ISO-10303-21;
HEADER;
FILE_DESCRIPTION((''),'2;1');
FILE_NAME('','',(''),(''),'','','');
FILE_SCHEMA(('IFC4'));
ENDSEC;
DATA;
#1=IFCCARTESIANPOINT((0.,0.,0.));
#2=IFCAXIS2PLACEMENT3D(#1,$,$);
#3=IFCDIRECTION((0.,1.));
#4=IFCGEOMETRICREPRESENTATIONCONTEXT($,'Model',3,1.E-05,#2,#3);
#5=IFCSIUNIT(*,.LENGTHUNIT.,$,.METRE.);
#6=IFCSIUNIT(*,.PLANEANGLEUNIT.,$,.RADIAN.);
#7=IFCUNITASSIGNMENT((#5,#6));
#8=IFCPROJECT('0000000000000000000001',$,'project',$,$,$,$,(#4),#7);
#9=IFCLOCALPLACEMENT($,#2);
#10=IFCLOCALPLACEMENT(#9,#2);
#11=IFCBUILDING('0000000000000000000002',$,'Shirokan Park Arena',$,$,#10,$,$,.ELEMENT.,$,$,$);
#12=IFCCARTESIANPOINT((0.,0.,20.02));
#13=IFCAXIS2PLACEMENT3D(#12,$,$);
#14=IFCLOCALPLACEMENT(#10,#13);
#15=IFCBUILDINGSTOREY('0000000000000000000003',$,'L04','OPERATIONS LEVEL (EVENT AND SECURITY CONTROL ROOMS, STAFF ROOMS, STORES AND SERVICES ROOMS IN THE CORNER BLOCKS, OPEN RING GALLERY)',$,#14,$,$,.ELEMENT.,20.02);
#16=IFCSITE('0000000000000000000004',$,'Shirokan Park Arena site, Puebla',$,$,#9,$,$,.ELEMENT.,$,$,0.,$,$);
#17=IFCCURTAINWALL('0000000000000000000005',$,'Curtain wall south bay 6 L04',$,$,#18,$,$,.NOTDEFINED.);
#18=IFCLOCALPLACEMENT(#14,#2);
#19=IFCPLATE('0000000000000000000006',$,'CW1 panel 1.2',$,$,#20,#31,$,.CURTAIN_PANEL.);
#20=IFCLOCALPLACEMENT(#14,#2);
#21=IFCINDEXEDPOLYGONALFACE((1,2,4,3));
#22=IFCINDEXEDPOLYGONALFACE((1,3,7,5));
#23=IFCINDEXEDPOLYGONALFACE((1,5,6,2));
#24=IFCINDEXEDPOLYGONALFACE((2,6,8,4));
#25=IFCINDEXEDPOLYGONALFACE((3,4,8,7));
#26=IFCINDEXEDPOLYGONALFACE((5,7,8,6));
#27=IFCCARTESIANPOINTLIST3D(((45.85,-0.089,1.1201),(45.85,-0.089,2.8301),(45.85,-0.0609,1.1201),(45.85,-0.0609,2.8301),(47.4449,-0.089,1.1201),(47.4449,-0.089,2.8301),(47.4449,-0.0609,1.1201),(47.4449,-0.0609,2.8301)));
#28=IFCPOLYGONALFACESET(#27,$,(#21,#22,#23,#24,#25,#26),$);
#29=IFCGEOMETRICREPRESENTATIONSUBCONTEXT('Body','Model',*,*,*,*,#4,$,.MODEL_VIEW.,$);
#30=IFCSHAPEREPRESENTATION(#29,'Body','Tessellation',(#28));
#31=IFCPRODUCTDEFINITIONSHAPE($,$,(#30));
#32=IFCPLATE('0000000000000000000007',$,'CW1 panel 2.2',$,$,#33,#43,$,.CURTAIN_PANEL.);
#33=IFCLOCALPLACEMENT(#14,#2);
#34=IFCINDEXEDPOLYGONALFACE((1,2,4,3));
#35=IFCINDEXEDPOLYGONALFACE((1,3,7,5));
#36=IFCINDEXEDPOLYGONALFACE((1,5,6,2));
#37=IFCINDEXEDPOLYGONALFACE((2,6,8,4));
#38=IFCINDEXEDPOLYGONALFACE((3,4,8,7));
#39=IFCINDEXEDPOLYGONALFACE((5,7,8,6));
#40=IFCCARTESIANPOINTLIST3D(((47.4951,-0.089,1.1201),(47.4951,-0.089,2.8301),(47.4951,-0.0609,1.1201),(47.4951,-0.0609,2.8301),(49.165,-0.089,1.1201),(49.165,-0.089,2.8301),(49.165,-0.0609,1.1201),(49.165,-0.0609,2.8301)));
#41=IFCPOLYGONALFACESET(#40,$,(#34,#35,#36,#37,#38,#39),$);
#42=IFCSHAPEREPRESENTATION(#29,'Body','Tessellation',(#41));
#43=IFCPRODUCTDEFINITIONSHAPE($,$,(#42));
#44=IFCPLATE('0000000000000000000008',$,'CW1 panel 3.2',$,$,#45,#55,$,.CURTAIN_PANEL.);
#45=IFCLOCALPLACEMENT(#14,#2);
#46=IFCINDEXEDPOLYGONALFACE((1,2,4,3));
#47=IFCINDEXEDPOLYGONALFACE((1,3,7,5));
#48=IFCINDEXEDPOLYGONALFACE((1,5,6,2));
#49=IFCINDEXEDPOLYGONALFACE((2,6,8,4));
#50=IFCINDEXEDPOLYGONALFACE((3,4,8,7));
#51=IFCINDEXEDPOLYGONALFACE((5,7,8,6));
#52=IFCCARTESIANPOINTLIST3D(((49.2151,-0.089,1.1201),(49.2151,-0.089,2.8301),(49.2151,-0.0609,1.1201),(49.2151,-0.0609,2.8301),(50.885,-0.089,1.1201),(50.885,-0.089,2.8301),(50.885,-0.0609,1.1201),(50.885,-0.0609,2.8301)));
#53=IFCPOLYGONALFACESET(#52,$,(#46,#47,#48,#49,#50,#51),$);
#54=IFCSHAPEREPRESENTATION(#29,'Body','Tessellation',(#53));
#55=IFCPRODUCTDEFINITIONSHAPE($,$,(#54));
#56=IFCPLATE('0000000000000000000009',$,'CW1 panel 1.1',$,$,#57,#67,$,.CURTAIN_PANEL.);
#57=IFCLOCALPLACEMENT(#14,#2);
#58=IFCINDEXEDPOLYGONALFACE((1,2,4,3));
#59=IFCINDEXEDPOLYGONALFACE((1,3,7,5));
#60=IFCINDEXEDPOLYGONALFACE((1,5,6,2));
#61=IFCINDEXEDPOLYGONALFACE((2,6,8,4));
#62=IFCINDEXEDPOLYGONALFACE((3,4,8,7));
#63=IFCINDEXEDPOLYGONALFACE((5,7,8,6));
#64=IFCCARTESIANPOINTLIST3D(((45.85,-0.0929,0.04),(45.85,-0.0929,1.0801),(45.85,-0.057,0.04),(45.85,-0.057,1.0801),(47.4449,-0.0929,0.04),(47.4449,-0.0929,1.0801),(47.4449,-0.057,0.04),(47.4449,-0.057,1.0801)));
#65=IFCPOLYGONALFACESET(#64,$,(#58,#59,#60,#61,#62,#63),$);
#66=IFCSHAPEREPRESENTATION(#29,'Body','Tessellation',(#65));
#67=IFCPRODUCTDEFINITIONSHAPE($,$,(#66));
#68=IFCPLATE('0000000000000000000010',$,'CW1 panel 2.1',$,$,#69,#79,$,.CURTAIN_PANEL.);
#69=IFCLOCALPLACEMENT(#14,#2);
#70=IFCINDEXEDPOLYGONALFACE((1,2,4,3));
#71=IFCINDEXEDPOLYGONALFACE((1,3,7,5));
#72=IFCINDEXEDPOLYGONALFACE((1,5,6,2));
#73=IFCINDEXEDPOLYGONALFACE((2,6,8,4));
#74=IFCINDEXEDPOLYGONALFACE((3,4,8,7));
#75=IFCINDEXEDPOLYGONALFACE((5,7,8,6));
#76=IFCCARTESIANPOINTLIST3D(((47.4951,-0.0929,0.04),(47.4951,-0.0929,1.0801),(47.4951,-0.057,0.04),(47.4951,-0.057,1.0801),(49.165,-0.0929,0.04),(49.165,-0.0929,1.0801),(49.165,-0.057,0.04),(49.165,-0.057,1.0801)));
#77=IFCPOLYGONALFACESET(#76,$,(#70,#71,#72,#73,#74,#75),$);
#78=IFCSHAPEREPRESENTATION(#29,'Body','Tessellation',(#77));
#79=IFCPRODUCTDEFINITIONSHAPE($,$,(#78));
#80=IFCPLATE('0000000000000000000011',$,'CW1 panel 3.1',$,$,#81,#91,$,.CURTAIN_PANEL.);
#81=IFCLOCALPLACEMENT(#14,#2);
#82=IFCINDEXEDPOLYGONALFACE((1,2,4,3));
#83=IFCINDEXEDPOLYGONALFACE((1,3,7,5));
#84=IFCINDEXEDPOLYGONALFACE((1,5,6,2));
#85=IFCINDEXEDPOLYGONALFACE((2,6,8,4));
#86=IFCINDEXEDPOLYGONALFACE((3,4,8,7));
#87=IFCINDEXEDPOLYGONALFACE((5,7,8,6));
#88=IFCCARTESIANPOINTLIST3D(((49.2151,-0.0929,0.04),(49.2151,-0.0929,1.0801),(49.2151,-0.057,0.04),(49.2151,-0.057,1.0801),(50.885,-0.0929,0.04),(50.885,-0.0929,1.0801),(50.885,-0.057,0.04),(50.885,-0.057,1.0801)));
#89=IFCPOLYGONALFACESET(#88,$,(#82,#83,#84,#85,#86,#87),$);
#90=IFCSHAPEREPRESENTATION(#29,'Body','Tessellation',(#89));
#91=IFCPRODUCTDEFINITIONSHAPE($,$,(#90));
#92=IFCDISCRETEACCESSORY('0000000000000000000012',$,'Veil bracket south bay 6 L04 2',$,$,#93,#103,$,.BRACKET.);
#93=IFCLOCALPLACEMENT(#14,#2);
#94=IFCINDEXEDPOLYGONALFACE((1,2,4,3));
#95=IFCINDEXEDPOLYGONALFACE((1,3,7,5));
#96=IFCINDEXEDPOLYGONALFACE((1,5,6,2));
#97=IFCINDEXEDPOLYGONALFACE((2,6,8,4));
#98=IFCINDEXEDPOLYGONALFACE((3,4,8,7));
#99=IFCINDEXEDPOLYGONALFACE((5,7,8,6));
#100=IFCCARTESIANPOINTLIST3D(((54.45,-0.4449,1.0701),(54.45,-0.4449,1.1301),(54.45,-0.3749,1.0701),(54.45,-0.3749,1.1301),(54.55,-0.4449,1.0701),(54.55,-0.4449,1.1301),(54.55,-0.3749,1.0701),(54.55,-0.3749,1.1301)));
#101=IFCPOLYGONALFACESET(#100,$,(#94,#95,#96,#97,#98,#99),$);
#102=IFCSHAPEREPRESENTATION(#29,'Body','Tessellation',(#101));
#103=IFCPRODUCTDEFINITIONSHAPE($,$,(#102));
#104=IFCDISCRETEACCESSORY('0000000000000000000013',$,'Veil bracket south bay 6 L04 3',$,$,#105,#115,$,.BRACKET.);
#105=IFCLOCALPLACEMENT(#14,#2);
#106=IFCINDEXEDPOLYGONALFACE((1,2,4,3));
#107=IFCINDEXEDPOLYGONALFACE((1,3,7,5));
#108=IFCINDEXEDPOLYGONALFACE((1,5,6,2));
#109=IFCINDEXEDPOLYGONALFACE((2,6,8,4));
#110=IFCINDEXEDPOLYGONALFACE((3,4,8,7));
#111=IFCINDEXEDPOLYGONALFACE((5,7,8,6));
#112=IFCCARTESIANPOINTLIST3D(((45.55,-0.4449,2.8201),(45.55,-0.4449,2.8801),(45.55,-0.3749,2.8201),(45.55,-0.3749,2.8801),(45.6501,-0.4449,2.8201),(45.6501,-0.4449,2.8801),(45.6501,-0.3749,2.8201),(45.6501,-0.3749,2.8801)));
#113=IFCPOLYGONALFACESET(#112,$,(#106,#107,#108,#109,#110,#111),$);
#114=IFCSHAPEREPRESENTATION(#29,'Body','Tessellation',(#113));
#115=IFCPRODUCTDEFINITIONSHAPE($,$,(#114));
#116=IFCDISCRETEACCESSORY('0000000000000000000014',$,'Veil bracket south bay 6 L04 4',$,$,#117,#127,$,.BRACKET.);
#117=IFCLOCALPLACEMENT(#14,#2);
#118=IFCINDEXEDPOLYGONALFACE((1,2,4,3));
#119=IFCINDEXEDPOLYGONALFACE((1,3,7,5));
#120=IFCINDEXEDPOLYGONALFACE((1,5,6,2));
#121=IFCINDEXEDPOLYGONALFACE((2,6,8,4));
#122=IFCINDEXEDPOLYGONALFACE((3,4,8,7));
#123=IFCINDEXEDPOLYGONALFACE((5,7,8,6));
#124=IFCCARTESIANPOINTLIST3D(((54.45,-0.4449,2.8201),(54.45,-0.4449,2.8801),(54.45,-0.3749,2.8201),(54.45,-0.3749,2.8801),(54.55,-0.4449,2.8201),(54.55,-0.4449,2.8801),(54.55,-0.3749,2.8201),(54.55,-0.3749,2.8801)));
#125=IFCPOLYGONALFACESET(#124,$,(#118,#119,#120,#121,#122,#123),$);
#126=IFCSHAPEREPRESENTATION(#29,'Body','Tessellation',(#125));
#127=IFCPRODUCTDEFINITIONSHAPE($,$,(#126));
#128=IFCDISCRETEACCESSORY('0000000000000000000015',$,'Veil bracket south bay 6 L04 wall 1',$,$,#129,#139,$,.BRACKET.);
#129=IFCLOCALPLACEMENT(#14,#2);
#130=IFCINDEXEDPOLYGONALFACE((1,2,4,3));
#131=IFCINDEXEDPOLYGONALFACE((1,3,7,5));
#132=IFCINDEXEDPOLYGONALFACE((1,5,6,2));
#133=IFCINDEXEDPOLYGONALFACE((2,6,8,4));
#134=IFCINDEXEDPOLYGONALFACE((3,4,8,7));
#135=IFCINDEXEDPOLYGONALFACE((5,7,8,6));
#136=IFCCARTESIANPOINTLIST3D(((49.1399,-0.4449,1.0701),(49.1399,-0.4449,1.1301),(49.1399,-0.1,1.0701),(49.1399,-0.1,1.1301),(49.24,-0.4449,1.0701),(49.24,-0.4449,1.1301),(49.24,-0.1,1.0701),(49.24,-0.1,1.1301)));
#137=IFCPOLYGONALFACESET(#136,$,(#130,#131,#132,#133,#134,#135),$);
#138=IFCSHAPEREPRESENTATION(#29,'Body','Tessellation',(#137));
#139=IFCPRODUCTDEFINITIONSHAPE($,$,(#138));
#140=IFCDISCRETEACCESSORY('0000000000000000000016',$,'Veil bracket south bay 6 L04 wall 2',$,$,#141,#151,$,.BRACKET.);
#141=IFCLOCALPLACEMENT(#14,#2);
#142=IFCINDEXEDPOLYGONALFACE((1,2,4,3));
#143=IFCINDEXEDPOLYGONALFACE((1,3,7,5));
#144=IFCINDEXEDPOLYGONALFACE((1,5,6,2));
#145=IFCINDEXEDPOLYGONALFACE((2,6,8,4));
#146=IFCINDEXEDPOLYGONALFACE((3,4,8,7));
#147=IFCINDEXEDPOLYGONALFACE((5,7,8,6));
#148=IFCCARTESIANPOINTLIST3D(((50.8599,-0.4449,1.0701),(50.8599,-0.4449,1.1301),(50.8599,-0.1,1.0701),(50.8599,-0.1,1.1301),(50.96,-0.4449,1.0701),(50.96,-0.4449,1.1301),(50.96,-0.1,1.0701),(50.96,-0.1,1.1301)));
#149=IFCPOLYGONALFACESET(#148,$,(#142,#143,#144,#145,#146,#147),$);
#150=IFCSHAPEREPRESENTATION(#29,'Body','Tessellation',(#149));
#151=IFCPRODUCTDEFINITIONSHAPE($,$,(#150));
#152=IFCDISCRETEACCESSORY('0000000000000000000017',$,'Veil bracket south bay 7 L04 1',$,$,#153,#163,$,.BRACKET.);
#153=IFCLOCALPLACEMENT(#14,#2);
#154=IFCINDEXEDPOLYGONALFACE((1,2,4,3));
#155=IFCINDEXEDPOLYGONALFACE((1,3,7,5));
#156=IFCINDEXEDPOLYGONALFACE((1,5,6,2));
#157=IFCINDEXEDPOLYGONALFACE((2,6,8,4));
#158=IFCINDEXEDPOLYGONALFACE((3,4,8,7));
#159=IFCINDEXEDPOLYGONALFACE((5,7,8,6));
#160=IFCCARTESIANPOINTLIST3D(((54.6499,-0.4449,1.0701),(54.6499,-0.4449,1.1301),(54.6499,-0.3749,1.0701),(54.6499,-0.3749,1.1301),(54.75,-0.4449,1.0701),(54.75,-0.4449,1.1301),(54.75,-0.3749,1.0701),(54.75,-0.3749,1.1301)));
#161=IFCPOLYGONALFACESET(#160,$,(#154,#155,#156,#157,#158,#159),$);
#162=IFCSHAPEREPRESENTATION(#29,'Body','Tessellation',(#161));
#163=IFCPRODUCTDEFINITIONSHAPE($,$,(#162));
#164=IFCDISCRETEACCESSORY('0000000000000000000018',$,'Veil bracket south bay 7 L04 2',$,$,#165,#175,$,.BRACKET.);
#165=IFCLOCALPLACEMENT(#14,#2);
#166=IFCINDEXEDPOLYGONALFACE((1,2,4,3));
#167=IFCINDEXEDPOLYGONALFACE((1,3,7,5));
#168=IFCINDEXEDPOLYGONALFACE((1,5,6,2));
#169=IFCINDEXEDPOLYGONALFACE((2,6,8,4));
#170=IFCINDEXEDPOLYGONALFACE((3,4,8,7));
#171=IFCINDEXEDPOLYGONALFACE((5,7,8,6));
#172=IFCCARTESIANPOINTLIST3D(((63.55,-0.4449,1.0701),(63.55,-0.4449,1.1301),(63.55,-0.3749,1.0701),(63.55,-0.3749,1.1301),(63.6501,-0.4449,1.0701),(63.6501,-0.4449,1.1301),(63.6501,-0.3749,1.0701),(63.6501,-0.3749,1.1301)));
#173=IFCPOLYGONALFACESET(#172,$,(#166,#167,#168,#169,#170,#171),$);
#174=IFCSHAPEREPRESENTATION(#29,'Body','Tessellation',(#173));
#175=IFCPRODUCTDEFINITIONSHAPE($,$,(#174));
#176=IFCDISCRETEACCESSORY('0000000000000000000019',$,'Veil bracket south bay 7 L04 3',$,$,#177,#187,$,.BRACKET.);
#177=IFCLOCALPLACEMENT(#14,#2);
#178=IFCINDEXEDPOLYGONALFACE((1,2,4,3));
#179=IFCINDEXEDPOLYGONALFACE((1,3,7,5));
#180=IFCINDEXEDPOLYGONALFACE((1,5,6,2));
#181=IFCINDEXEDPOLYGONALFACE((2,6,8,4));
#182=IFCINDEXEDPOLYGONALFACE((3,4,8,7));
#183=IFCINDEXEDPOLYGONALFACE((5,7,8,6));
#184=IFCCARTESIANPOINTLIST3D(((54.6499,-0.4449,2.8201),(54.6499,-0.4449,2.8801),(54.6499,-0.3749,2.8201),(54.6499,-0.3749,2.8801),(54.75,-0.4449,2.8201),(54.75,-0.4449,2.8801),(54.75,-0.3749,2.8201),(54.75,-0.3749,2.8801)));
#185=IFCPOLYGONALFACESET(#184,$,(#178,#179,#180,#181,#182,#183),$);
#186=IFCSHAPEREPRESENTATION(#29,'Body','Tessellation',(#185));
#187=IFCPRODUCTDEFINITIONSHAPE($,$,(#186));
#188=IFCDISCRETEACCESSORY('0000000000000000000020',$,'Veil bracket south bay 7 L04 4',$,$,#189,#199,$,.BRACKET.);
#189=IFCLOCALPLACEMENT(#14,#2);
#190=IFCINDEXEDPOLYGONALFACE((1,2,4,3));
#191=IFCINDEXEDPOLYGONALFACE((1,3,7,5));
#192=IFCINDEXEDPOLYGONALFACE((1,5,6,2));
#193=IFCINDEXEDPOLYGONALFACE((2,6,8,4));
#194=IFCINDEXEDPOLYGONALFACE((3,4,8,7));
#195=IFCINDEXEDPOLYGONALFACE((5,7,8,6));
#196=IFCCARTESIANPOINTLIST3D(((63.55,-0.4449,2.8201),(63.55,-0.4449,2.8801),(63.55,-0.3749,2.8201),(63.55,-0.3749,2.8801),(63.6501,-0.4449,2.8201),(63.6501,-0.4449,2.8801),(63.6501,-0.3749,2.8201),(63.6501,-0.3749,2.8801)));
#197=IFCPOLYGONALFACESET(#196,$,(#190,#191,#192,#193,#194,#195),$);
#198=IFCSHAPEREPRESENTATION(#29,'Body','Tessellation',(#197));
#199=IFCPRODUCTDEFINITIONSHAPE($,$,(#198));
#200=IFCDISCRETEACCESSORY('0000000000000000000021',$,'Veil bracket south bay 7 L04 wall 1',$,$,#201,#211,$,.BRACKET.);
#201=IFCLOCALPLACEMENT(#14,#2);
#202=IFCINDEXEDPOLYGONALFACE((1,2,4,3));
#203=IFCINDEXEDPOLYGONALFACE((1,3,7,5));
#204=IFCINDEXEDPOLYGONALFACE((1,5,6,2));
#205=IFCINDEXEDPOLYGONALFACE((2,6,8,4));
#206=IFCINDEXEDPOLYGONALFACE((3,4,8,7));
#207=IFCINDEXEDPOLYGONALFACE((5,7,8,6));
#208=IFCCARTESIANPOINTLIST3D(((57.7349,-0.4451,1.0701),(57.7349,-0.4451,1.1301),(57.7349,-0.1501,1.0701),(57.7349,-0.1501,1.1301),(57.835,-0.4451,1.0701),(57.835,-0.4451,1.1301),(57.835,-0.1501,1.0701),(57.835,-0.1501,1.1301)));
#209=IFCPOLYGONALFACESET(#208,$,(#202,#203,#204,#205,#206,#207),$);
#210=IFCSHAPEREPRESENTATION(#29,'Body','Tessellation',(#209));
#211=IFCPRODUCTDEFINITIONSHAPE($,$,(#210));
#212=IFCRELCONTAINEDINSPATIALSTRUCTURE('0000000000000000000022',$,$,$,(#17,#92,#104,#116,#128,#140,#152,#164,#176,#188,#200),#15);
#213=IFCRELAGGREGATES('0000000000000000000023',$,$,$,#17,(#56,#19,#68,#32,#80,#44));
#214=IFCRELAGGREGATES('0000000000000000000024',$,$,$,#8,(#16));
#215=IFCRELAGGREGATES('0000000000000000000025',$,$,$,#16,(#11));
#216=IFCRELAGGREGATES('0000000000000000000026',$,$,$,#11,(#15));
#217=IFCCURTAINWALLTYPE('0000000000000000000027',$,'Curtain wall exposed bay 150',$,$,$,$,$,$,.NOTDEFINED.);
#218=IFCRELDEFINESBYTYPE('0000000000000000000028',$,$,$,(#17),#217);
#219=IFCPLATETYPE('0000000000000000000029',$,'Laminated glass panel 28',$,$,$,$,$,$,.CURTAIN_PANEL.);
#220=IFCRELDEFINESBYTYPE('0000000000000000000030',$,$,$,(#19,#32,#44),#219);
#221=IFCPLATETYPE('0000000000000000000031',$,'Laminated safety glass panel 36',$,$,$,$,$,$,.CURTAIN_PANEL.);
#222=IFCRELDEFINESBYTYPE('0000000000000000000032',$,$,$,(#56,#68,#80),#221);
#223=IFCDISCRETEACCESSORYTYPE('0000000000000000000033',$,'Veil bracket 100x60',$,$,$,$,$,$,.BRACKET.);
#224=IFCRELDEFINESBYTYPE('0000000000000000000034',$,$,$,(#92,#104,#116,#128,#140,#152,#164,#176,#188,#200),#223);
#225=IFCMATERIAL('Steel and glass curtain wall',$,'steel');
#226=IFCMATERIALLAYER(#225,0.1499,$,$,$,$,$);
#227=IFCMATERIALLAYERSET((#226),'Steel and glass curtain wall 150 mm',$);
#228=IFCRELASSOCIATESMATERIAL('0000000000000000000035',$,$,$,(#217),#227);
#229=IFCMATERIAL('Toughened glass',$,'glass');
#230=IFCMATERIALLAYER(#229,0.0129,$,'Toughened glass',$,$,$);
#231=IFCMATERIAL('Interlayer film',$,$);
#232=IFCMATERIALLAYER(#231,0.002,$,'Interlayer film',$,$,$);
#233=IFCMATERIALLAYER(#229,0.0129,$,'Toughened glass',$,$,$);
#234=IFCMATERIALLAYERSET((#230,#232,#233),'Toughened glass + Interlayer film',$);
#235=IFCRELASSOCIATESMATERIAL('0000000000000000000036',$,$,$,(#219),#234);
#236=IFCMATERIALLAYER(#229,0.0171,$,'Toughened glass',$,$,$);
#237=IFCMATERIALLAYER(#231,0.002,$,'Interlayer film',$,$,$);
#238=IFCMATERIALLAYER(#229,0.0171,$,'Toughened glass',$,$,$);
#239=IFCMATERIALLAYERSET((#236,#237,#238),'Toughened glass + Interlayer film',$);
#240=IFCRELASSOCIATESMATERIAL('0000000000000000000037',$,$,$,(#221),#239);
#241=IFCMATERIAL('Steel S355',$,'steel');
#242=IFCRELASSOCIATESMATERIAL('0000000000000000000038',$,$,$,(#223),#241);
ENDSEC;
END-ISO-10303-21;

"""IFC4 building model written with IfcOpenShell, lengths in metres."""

from ifc_helpers import new_model, si_unit, direction, frame, origin, origin_2d, place, context, subcontext, project, spatial, rectangle, extrude, material, layer, layer_set, type_object, element, aggregate, save


model = new_model("IFC4")

# Units and contexts
model_context = context("Model", 3, precision=1e-05, world=origin(), true_north=direction((0.0, 1.0)))
body_context = subcontext(model_context, "Body", "Model", "MODEL_VIEW")
ifc_project = project(units=[si_unit("LENGTHUNIT", "METRE"), si_unit("PLANEANGLEUNIT", "RADIAN")], contexts=[model_context])

# Site, building, storey
site_placement = place(None, origin())
site = spatial("IfcSite", under=ifc_project, at=site_placement, Name="Shirokan Park Arena site, Puebla", CompositionType="ELEMENT", RefElevation=0.0)
building_placement = place(site_placement, origin())
building = spatial("IfcBuilding", under=site, at=building_placement, Name="Shirokan Park Arena", CompositionType="ELEMENT")
storey_placement = place(building_placement, frame((0.0, 0.0, 20.02)))
storey = spatial("IfcBuildingStorey", under=building, at=storey_placement, Name="L04", Description="OPERATIONS LEVEL (EVENT AND SECURITY CONTROL ROOMS, STAFF ROOMS, STORES AND SERVICES ROOMS IN THE CORNER BLOCKS, OPEN RING GALLERY)", CompositionType="ELEMENT", Elevation=20.02)

# Curtain wall, plates
ifc_material_1 = material(Name="Steel and glass curtain wall", Category="steel")
ifc_layer_1 = layer(ifc_material_1, 0.1499)
ifc_layer_set_1 = layer_set([ifc_layer_1], Name="Steel and glass curtain wall 150 mm")
curtain_wall_type = type_object("IfcCurtainWallType", Name="Curtain wall exposed bay 150", PredefinedType="NOTDEFINED", material=ifc_layer_set_1)
curtain_wall_placement = place(storey_placement, origin())
curtain_wall = element("IfcCurtainWall", 1, at=curtain_wall_placement, inside=storey, type_object=curtain_wall_type, Name="Curtain wall south bay 6 L04", PredefinedType="NOTDEFINED")
ifc_material_2 = material(Name="Steel S355", Category="steel")
ifc_material_3 = material(Name="Toughened glass", Category="glass")
ifc_layer_2 = layer(ifc_material_3, 0.0129, Name="Toughened glass")
ifc_material_4 = material(Name="Interlayer film")
ifc_layer_3 = layer(ifc_material_4, 0.002, Name="Interlayer film")
ifc_layer_4 = layer(ifc_material_3, 0.0129, Name="Toughened glass")
ifc_layer_set_2 = layer_set([ifc_layer_2, ifc_layer_3, ifc_layer_4], Name="Toughened glass + Interlayer film")
plate_type_1 = type_object("IfcPlateType", Name="Laminated glass panel 28", PredefinedType="CURTAIN_PANEL", material=ifc_layer_set_2)
plate_1_placement = place(storey_placement, frame((46.6475, -0.075, 1.1201), z_axis=(0.0, 0.0, 1.0), x_axis=(1.0, 0.0, 0.0)))
plate_1 = element("IfcPlate", 2, at=plate_1_placement, type_object=plate_type_1, Name="CW1 panel 1.2", PredefinedType="CURTAIN_PANEL", context=body_context, shape_type="SweptSolid", body=[
    extrude(rectangle(XDim=1.595, YDim=0.0281, at=origin_2d()), origin(), (0.0, 0.0, 1.0), 1.71),
])
plate_2_placement = place(storey_placement, frame((48.3301, -0.075, 1.1201), z_axis=(0.0, 0.0, 1.0), x_axis=(1.0, 0.0, 0.0)))
plate_2 = element("IfcPlate", 3, at=plate_2_placement, type_object=plate_type_1, Name="CW1 panel 2.2", PredefinedType="CURTAIN_PANEL", context=body_context, shape_type="SweptSolid", body=[
    extrude(rectangle(XDim=1.6699, YDim=0.0281, at=origin_2d()), origin(), (0.0, 0.0, 1.0), 1.71),
])
plate_3_placement = place(storey_placement, frame((50.05, -0.075, 1.1201), z_axis=(0.0, 0.0, 1.0), x_axis=(1.0, 0.0, 0.0)))
plate_3 = element("IfcPlate", 4, at=plate_3_placement, type_object=plate_type_1, Name="CW1 panel 3.2", PredefinedType="CURTAIN_PANEL", context=body_context, shape_type="SweptSolid", body=[
    extrude(rectangle(XDim=1.6699, YDim=0.0281, at=origin_2d()), origin(), (0.0, 0.0, 1.0), 1.71),
])
ifc_layer_5 = layer(ifc_material_3, 0.0171, Name="Toughened glass")
ifc_layer_6 = layer(ifc_material_4, 0.002, Name="Interlayer film")
ifc_layer_7 = layer(ifc_material_3, 0.0171, Name="Toughened glass")
ifc_layer_set_3 = layer_set([ifc_layer_5, ifc_layer_6, ifc_layer_7], Name="Toughened glass + Interlayer film")
plate_type_2 = type_object("IfcPlateType", Name="Laminated safety glass panel 36", PredefinedType="CURTAIN_PANEL", material=ifc_layer_set_3)
plate_4_placement = place(storey_placement, frame((46.6475, -0.075, 0.04), z_axis=(0.0, 0.0, 1.0), x_axis=(1.0, 0.0, 0.0)))
plate_4 = element("IfcPlate", 5, at=plate_4_placement, type_object=plate_type_2, Name="CW1 panel 1.1", PredefinedType="CURTAIN_PANEL", context=body_context, shape_type="SweptSolid", body=[
    extrude(rectangle(XDim=1.595, YDim=0.0359, at=origin_2d()), origin(), (0.0, 0.0, 1.0), 1.04),
])
plate_5_placement = place(storey_placement, frame((48.3301, -0.075, 0.04), z_axis=(0.0, 0.0, 1.0), x_axis=(1.0, 0.0, 0.0)))
plate_5 = element("IfcPlate", 6, at=plate_5_placement, type_object=plate_type_2, Name="CW1 panel 2.1", PredefinedType="CURTAIN_PANEL", context=body_context, shape_type="SweptSolid", body=[
    extrude(rectangle(XDim=1.6699, YDim=0.0359, at=origin_2d()), origin(), (0.0, 0.0, 1.0), 1.04),
])
plate_6_placement = place(storey_placement, frame((50.05, -0.075, 0.04), z_axis=(0.0, 0.0, 1.0), x_axis=(1.0, 0.0, 0.0)))
plate_6 = element("IfcPlate", 7, at=plate_6_placement, type_object=plate_type_2, Name="CW1 panel 3.1", PredefinedType="CURTAIN_PANEL", context=body_context, shape_type="SweptSolid", body=[
    extrude(rectangle(XDim=1.6699, YDim=0.0359, at=origin_2d()), origin(), (0.0, 0.0, 1.0), 1.04),
])
aggregate(curtain_wall, [plate_4, plate_1, plate_5, plate_2, plate_6, plate_3])

# Discrete accessories
discrete_accessory_type = type_object("IfcDiscreteAccessoryType", Name="Veil bracket 100x60", PredefinedType="BRACKET", material=ifc_material_2)
for number, where, z_axis, x_axis, name in (
    (8, (54.5, -0.4099, 1.0701), (0.0, 0.0, 1.0), (1.0, 0.0, 0.0), "Veil bracket south bay 6 L04 2"),
    (9, (45.6001, -0.4099, 2.8201), (0.0, 0.0, 1.0), (1.0, 0.0, 0.0), "Veil bracket south bay 6 L04 3"),
    (10, (54.5, -0.4099, 2.8201), (0.0, 0.0, 1.0), (1.0, 0.0, 0.0), "Veil bracket south bay 6 L04 4"),
):
    element("IfcDiscreteAccessory", number, at=place(storey_placement, frame(where, z_axis=z_axis, x_axis=x_axis)), inside=storey, type_object=discrete_accessory_type, Name=name, PredefinedType="BRACKET", context=body_context, shape_type="SweptSolid", body=[
        extrude(rectangle(XDim=0.1001, YDim=0.0701, at=origin_2d()), origin(), (0.0, 0.0, 1.0), 0.0601),
    ])
for number, where, z_axis, x_axis, name in (
    (11, (49.1899, -0.2725, 1.0701), (0.0, 0.0, 1.0), (1.0, 0.0, 0.0), "Veil bracket south bay 6 L04 wall 1"),
    (12, (50.9099, -0.2725, 1.0701), (0.0, 0.0, 1.0), (1.0, 0.0, 0.0), "Veil bracket south bay 6 L04 wall 2"),
):
    element("IfcDiscreteAccessory", number, at=place(storey_placement, frame(where, z_axis=z_axis, x_axis=x_axis)), inside=storey, type_object=discrete_accessory_type, Name=name, PredefinedType="BRACKET", context=body_context, shape_type="SweptSolid", body=[
        extrude(rectangle(XDim=0.1001, YDim=0.345, at=origin_2d()), origin(), (0.0, 0.0, 1.0), 0.0601),
    ])
for number, where, z_axis, x_axis, name in (
    (13, (54.7, -0.4099, 1.0701), (0.0, 0.0, 1.0), (1.0, 0.0, 0.0), "Veil bracket south bay 7 L04 1"),
    (14, (63.6001, -0.4099, 1.0701), (0.0, 0.0, 1.0), (1.0, 0.0, 0.0), "Veil bracket south bay 7 L04 2"),
    (15, (54.7, -0.4099, 2.8201), (0.0, 0.0, 1.0), (1.0, 0.0, 0.0), "Veil bracket south bay 7 L04 3"),
    (16, (63.6001, -0.4099, 2.8201), (0.0, 0.0, 1.0), (1.0, 0.0, 0.0), "Veil bracket south bay 7 L04 4"),
):
    element("IfcDiscreteAccessory", number, at=place(storey_placement, frame(where, z_axis=z_axis, x_axis=x_axis)), inside=storey, type_object=discrete_accessory_type, Name=name, PredefinedType="BRACKET", context=body_context, shape_type="SweptSolid", body=[
        extrude(rectangle(XDim=0.1001, YDim=0.0701, at=origin_2d()), origin(), (0.0, 0.0, 1.0), 0.0601),
    ])
for number, where, z_axis, x_axis, name in (
    (17, (57.7849, -0.2976, 1.0701), (0.0, 0.0, 1.0), (1.0, 0.0, 0.0), "Veil bracket south bay 7 L04 wall 1"),
):
    element("IfcDiscreteAccessory", number, at=place(storey_placement, frame(where, z_axis=z_axis, x_axis=x_axis)), inside=storey, type_object=discrete_accessory_type, Name=name, PredefinedType="BRACKET", context=body_context, shape_type="SweptSolid", body=[
        extrude(rectangle(XDim=0.1001, YDim=0.2949, at=origin_2d()), origin(), (0.0, 0.0, 1.0), 0.0601),
    ])

save(model, "model.ifc")
